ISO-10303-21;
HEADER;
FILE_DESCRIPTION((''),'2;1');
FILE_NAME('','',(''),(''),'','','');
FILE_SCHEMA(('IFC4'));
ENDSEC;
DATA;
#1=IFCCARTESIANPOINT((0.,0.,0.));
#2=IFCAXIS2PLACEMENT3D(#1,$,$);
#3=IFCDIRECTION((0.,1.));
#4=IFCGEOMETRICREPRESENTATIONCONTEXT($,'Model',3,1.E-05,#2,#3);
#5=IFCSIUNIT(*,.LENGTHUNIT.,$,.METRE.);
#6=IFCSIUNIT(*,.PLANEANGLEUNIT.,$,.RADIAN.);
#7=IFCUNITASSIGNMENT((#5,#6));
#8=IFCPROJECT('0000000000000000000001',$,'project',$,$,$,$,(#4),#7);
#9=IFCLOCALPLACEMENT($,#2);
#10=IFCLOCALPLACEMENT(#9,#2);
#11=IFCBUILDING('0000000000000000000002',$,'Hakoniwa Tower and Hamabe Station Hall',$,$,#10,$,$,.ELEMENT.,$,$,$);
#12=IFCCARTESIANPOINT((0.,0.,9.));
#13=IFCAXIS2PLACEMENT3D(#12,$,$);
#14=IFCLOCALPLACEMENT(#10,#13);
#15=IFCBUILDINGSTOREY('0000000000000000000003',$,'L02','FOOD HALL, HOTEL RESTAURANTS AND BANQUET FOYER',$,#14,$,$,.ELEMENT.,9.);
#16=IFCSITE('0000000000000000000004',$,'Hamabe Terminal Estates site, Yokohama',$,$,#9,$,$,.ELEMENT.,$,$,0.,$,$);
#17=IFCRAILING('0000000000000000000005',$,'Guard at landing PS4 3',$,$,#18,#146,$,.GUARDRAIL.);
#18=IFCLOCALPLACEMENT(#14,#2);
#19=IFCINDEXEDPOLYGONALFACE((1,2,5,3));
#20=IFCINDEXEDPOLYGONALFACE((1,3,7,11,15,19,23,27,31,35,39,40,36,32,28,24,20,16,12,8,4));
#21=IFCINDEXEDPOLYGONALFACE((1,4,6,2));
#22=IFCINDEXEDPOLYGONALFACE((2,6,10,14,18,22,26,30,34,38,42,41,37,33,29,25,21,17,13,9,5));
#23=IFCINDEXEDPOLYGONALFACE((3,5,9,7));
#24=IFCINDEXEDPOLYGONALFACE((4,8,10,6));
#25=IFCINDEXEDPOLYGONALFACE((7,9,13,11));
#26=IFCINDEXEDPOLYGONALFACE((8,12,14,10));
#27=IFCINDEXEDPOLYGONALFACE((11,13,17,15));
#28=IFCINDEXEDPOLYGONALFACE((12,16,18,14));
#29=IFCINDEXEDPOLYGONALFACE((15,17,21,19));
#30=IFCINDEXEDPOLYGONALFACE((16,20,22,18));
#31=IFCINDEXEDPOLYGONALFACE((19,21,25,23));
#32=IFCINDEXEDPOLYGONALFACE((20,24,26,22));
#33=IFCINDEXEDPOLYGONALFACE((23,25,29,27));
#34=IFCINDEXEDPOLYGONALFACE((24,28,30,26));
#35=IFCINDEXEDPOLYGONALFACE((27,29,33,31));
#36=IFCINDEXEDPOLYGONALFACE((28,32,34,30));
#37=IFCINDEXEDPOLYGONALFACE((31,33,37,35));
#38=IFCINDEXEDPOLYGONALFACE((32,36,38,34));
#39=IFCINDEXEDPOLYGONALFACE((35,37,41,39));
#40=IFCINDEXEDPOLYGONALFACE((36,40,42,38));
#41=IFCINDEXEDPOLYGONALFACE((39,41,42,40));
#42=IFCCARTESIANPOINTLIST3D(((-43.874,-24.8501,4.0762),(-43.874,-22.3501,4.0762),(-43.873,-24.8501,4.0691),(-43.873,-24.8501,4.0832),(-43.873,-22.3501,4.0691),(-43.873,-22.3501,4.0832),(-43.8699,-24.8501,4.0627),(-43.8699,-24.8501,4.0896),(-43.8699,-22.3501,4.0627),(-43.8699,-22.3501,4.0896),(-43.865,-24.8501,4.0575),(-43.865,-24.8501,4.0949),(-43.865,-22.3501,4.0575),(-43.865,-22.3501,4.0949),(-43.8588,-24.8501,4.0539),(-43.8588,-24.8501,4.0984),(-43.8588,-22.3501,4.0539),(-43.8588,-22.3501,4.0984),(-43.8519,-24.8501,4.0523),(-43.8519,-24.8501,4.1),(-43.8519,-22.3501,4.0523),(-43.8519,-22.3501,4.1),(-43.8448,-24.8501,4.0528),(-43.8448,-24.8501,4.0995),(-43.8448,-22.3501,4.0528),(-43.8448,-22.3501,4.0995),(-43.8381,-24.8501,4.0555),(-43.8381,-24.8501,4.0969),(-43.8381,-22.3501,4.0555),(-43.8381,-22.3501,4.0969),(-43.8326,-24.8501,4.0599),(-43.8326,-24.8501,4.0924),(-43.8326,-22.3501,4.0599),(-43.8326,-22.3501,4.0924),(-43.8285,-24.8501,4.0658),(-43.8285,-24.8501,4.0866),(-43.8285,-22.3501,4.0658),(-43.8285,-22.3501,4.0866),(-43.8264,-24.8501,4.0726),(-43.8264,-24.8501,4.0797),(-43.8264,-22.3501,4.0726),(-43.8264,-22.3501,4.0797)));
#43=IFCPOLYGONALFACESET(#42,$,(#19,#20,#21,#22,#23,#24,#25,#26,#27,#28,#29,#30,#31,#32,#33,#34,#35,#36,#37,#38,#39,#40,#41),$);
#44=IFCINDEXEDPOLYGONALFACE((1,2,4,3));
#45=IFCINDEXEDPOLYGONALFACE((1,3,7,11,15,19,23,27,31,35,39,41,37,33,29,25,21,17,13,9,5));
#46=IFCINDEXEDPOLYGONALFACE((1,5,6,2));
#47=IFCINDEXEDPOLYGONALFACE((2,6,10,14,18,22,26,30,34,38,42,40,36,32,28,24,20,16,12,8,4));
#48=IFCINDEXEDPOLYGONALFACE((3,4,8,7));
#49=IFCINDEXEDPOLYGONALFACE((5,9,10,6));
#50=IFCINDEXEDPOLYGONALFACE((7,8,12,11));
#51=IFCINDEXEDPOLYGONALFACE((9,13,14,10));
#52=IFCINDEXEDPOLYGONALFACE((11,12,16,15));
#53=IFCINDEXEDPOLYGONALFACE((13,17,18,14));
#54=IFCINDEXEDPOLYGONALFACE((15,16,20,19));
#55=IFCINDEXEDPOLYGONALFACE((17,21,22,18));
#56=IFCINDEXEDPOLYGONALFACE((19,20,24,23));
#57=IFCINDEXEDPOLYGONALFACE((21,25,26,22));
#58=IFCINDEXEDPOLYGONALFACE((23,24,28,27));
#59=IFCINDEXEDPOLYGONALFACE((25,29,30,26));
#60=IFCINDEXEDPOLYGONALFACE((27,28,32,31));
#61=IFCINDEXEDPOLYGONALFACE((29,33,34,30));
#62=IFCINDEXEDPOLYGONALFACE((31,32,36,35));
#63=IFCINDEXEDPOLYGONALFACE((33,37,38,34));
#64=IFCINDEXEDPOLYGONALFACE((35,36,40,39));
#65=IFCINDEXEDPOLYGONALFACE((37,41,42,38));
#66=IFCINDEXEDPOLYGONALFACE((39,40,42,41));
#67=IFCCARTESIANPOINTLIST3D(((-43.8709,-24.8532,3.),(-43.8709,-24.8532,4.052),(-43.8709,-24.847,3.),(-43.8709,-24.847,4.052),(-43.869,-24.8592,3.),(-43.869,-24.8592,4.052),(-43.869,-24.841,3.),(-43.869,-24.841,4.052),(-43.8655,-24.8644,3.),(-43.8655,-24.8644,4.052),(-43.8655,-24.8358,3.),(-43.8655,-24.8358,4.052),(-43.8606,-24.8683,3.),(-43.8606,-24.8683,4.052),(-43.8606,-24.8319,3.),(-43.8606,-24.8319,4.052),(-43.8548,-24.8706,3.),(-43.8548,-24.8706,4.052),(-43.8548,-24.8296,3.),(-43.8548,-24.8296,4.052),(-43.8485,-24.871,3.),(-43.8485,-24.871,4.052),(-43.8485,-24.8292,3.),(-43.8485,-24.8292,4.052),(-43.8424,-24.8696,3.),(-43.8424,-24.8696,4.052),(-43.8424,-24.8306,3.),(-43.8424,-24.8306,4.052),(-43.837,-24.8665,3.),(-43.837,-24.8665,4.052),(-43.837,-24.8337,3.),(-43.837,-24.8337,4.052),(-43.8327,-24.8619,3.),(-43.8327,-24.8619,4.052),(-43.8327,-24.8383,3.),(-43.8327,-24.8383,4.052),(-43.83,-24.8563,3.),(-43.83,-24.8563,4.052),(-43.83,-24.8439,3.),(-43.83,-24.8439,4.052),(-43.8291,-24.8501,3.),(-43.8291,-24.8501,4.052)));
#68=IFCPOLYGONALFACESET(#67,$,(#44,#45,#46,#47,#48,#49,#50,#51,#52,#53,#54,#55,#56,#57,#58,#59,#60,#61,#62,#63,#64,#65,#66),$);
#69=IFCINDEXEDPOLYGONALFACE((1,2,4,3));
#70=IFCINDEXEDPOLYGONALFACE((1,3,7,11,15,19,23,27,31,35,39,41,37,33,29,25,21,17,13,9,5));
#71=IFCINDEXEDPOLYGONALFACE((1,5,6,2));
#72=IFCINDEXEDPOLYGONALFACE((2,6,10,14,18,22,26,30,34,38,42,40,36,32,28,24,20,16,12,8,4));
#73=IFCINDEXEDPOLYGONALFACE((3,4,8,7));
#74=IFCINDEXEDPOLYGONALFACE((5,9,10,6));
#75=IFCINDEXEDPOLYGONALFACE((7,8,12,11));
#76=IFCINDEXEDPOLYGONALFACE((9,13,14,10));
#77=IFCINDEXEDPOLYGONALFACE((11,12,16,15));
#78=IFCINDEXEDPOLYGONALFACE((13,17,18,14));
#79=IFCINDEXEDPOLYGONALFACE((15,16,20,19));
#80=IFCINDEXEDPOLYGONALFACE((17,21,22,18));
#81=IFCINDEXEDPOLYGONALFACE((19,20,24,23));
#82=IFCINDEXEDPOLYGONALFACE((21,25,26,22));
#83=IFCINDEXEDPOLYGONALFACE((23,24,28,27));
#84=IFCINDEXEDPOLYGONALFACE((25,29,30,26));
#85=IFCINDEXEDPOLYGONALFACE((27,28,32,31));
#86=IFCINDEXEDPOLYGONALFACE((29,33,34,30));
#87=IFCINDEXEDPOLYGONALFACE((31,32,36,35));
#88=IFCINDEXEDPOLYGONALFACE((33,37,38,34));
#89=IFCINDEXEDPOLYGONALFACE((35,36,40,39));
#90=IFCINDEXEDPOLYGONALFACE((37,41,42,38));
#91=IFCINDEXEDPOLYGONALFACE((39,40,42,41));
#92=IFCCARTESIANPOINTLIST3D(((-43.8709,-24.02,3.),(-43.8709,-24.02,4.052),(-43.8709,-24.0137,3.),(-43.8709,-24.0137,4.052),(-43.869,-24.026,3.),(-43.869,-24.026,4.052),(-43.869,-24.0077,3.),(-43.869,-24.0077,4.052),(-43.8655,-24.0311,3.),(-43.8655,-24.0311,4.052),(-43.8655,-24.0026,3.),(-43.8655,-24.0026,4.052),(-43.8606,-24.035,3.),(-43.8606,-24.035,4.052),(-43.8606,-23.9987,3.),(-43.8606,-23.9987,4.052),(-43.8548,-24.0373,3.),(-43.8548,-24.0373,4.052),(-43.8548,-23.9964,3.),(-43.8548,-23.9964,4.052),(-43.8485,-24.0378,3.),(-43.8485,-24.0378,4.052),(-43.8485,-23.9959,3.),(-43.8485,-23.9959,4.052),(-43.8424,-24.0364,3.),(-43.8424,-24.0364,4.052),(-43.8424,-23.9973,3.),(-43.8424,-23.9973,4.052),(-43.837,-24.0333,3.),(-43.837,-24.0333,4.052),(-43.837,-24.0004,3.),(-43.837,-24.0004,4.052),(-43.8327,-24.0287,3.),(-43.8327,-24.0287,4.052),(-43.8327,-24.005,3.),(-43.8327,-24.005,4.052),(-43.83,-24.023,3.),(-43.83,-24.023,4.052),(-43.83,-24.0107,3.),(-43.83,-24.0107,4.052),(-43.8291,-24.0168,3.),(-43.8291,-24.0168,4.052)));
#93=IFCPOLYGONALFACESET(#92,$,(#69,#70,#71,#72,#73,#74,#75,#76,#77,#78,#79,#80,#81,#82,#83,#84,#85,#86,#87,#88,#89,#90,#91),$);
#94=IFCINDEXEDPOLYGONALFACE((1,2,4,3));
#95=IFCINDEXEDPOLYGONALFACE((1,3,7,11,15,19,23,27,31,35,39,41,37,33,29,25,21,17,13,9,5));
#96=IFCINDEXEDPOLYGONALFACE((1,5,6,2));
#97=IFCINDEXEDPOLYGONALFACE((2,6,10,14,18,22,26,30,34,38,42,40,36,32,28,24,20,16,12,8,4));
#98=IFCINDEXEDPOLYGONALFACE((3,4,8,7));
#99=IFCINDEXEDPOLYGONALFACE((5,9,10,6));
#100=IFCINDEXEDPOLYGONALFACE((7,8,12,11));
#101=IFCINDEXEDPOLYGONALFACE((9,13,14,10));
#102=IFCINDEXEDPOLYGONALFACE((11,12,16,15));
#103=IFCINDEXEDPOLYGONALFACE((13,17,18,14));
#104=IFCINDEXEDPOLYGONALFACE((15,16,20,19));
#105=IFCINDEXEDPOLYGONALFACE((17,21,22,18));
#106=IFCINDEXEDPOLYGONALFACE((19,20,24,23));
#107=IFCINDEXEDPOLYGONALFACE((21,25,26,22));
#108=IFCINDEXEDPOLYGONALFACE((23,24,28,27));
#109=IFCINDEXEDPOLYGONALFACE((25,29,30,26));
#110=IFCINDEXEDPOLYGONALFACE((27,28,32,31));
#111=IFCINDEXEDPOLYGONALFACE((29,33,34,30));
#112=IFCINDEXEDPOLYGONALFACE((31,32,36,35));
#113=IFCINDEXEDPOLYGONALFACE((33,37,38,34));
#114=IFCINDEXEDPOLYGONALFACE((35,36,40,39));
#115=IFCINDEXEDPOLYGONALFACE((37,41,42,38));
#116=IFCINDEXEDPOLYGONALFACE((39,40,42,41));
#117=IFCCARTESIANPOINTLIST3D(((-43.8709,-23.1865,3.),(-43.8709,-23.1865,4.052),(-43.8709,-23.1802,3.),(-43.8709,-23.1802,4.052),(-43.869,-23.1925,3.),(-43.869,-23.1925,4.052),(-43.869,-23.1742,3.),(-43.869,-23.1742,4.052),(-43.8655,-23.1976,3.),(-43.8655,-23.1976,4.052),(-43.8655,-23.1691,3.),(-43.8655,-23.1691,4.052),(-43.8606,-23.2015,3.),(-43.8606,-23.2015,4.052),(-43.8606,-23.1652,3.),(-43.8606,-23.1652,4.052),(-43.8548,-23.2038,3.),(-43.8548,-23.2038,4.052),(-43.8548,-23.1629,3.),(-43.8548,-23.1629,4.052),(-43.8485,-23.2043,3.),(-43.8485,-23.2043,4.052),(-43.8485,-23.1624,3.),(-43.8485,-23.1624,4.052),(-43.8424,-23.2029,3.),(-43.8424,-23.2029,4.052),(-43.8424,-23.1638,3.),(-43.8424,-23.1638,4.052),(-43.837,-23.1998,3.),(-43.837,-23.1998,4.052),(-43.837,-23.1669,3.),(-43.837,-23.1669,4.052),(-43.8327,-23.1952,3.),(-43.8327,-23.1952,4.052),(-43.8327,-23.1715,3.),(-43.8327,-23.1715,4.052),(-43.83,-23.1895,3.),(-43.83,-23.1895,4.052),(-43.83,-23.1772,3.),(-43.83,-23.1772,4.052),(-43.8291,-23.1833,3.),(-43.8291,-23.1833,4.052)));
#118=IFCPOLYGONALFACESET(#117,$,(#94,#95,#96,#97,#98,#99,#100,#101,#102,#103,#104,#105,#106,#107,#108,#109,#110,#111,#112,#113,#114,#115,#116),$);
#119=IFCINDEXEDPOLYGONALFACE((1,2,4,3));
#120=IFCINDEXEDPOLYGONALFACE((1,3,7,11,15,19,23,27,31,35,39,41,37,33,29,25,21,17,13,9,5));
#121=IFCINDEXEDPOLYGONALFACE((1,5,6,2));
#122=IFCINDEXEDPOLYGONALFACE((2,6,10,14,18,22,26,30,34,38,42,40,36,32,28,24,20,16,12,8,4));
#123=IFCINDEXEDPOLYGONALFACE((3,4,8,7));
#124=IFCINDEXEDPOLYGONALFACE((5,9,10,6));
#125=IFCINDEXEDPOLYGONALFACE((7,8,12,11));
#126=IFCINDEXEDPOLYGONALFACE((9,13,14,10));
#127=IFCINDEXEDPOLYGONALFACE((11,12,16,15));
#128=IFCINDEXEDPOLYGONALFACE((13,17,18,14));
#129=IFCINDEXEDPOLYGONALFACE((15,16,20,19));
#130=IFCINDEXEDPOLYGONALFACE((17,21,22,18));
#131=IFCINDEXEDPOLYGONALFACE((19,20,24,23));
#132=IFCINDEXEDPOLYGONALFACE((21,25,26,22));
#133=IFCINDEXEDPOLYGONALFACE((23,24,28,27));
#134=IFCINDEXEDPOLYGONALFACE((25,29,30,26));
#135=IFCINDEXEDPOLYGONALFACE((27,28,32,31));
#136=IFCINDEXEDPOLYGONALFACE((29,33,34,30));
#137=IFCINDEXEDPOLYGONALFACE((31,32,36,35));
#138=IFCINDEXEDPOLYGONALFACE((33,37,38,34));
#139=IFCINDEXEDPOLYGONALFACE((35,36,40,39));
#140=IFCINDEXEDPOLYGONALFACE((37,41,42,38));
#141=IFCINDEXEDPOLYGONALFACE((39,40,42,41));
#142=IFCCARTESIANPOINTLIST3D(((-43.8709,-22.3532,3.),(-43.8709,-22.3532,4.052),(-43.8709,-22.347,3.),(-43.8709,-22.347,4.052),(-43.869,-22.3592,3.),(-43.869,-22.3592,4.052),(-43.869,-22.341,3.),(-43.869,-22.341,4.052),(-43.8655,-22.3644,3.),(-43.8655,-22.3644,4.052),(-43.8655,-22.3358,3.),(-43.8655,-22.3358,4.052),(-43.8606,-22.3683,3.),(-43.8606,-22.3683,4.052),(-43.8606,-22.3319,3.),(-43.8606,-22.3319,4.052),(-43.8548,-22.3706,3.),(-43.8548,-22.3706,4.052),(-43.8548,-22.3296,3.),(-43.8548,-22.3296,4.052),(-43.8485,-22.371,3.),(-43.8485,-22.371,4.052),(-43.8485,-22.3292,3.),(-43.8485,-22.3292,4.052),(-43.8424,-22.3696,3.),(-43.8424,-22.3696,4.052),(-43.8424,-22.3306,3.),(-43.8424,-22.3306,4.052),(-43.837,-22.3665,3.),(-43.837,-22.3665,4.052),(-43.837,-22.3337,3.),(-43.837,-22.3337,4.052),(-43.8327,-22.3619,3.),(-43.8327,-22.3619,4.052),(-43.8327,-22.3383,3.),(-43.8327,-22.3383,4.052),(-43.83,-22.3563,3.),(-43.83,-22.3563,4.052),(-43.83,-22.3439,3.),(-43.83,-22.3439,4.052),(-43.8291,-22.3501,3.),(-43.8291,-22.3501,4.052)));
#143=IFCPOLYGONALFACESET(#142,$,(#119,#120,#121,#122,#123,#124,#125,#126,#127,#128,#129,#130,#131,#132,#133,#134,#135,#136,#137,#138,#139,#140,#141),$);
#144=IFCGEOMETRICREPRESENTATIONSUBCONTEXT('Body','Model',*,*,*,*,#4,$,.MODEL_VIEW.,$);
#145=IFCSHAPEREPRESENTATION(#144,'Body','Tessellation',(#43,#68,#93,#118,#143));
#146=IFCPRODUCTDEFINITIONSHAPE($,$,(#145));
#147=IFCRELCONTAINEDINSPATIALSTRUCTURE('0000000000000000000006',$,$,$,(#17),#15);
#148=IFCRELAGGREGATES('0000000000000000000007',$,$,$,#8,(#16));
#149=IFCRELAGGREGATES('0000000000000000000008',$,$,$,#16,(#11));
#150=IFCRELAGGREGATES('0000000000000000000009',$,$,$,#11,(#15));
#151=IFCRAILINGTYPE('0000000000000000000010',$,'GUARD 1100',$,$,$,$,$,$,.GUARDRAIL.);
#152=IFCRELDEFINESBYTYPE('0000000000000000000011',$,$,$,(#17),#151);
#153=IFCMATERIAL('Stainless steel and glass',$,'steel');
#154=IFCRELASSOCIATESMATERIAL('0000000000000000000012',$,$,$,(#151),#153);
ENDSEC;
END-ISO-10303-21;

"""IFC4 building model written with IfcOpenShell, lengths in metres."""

from ifc_helpers import new_model, si_unit, direction, frame, origin, origin_2d, place, context, subcontext, project, spatial, circle, extrude, material, type_object, element, save


model = new_model("IFC4")

# Units and contexts
model_context = context("Model", 3, precision=1e-05, world=origin(), true_north=direction((0.0, 1.0)))
body_context = subcontext(model_context, "Body", "Model", "MODEL_VIEW")
ifc_project = project(units=[si_unit("LENGTHUNIT", "METRE"), si_unit("PLANEANGLEUNIT", "RADIAN")], contexts=[model_context])

# Site, building, storey
site_placement = place(None, origin())
site = spatial("IfcSite", under=ifc_project, at=site_placement, Name="Hamabe Terminal Estates site, Yokohama", CompositionType="ELEMENT", RefElevation=0.0)
building_placement = place(site_placement, origin())
building = spatial("IfcBuilding", under=site, at=building_placement, Name="Hakoniwa Tower and Hamabe Station Hall", CompositionType="ELEMENT")
storey_placement = place(building_placement, frame((0.0, 0.0, 9.0)))
storey = spatial("IfcBuildingStorey", under=building, at=storey_placement, Name="L02", Description="FOOD HALL, HOTEL RESTAURANTS AND BANQUET FOYER", CompositionType="ELEMENT", Elevation=9.0)

# Railing
ifc_material_1 = material(Name="Stainless steel and glass", Category="steel")
railing_type = type_object("IfcRailingType", Name="GUARD 1100", PredefinedType="GUARDRAIL", material=ifc_material_1)
railing_1_placement = place(storey_placement, frame((-43.8501, -24.8501, 3.0)))
element("IfcRailing", 1, at=railing_1_placement, inside=storey, type_object=railing_type, Name="Guard at landing PS4 3", PredefinedType="GUARDRAIL", context=body_context, shape_type="SweptSolid", body=[
    extrude(circle(Radius=0.0239, at=origin_2d()), frame((0.0, 0.0, 1.0762), z_axis=(0.0, 1.0, 0.0), x_axis=(-1.0, 0.0, 0.0)), (0.0, 0.0, 1.0), 2.5),
    extrude(circle(Radius=0.021, at=origin_2d()), origin(), (0.0, 0.0, 1.0), 1.052),
    extrude(circle(Radius=0.021, at=origin_2d()), frame((0.0, 0.8333, 0.0)), (0.0, 0.0, 1.0), 1.052),
    extrude(circle(Radius=0.021, at=origin_2d()), frame((0.0, 1.6667, 0.0)), (0.0, 0.0, 1.0), 1.052),
    extrude(circle(Radius=0.021, at=origin_2d()), frame((0.0, 2.5, 0.0)), (0.0, 0.0, 1.0), 1.052),
])

save(model, "model.ifc")
